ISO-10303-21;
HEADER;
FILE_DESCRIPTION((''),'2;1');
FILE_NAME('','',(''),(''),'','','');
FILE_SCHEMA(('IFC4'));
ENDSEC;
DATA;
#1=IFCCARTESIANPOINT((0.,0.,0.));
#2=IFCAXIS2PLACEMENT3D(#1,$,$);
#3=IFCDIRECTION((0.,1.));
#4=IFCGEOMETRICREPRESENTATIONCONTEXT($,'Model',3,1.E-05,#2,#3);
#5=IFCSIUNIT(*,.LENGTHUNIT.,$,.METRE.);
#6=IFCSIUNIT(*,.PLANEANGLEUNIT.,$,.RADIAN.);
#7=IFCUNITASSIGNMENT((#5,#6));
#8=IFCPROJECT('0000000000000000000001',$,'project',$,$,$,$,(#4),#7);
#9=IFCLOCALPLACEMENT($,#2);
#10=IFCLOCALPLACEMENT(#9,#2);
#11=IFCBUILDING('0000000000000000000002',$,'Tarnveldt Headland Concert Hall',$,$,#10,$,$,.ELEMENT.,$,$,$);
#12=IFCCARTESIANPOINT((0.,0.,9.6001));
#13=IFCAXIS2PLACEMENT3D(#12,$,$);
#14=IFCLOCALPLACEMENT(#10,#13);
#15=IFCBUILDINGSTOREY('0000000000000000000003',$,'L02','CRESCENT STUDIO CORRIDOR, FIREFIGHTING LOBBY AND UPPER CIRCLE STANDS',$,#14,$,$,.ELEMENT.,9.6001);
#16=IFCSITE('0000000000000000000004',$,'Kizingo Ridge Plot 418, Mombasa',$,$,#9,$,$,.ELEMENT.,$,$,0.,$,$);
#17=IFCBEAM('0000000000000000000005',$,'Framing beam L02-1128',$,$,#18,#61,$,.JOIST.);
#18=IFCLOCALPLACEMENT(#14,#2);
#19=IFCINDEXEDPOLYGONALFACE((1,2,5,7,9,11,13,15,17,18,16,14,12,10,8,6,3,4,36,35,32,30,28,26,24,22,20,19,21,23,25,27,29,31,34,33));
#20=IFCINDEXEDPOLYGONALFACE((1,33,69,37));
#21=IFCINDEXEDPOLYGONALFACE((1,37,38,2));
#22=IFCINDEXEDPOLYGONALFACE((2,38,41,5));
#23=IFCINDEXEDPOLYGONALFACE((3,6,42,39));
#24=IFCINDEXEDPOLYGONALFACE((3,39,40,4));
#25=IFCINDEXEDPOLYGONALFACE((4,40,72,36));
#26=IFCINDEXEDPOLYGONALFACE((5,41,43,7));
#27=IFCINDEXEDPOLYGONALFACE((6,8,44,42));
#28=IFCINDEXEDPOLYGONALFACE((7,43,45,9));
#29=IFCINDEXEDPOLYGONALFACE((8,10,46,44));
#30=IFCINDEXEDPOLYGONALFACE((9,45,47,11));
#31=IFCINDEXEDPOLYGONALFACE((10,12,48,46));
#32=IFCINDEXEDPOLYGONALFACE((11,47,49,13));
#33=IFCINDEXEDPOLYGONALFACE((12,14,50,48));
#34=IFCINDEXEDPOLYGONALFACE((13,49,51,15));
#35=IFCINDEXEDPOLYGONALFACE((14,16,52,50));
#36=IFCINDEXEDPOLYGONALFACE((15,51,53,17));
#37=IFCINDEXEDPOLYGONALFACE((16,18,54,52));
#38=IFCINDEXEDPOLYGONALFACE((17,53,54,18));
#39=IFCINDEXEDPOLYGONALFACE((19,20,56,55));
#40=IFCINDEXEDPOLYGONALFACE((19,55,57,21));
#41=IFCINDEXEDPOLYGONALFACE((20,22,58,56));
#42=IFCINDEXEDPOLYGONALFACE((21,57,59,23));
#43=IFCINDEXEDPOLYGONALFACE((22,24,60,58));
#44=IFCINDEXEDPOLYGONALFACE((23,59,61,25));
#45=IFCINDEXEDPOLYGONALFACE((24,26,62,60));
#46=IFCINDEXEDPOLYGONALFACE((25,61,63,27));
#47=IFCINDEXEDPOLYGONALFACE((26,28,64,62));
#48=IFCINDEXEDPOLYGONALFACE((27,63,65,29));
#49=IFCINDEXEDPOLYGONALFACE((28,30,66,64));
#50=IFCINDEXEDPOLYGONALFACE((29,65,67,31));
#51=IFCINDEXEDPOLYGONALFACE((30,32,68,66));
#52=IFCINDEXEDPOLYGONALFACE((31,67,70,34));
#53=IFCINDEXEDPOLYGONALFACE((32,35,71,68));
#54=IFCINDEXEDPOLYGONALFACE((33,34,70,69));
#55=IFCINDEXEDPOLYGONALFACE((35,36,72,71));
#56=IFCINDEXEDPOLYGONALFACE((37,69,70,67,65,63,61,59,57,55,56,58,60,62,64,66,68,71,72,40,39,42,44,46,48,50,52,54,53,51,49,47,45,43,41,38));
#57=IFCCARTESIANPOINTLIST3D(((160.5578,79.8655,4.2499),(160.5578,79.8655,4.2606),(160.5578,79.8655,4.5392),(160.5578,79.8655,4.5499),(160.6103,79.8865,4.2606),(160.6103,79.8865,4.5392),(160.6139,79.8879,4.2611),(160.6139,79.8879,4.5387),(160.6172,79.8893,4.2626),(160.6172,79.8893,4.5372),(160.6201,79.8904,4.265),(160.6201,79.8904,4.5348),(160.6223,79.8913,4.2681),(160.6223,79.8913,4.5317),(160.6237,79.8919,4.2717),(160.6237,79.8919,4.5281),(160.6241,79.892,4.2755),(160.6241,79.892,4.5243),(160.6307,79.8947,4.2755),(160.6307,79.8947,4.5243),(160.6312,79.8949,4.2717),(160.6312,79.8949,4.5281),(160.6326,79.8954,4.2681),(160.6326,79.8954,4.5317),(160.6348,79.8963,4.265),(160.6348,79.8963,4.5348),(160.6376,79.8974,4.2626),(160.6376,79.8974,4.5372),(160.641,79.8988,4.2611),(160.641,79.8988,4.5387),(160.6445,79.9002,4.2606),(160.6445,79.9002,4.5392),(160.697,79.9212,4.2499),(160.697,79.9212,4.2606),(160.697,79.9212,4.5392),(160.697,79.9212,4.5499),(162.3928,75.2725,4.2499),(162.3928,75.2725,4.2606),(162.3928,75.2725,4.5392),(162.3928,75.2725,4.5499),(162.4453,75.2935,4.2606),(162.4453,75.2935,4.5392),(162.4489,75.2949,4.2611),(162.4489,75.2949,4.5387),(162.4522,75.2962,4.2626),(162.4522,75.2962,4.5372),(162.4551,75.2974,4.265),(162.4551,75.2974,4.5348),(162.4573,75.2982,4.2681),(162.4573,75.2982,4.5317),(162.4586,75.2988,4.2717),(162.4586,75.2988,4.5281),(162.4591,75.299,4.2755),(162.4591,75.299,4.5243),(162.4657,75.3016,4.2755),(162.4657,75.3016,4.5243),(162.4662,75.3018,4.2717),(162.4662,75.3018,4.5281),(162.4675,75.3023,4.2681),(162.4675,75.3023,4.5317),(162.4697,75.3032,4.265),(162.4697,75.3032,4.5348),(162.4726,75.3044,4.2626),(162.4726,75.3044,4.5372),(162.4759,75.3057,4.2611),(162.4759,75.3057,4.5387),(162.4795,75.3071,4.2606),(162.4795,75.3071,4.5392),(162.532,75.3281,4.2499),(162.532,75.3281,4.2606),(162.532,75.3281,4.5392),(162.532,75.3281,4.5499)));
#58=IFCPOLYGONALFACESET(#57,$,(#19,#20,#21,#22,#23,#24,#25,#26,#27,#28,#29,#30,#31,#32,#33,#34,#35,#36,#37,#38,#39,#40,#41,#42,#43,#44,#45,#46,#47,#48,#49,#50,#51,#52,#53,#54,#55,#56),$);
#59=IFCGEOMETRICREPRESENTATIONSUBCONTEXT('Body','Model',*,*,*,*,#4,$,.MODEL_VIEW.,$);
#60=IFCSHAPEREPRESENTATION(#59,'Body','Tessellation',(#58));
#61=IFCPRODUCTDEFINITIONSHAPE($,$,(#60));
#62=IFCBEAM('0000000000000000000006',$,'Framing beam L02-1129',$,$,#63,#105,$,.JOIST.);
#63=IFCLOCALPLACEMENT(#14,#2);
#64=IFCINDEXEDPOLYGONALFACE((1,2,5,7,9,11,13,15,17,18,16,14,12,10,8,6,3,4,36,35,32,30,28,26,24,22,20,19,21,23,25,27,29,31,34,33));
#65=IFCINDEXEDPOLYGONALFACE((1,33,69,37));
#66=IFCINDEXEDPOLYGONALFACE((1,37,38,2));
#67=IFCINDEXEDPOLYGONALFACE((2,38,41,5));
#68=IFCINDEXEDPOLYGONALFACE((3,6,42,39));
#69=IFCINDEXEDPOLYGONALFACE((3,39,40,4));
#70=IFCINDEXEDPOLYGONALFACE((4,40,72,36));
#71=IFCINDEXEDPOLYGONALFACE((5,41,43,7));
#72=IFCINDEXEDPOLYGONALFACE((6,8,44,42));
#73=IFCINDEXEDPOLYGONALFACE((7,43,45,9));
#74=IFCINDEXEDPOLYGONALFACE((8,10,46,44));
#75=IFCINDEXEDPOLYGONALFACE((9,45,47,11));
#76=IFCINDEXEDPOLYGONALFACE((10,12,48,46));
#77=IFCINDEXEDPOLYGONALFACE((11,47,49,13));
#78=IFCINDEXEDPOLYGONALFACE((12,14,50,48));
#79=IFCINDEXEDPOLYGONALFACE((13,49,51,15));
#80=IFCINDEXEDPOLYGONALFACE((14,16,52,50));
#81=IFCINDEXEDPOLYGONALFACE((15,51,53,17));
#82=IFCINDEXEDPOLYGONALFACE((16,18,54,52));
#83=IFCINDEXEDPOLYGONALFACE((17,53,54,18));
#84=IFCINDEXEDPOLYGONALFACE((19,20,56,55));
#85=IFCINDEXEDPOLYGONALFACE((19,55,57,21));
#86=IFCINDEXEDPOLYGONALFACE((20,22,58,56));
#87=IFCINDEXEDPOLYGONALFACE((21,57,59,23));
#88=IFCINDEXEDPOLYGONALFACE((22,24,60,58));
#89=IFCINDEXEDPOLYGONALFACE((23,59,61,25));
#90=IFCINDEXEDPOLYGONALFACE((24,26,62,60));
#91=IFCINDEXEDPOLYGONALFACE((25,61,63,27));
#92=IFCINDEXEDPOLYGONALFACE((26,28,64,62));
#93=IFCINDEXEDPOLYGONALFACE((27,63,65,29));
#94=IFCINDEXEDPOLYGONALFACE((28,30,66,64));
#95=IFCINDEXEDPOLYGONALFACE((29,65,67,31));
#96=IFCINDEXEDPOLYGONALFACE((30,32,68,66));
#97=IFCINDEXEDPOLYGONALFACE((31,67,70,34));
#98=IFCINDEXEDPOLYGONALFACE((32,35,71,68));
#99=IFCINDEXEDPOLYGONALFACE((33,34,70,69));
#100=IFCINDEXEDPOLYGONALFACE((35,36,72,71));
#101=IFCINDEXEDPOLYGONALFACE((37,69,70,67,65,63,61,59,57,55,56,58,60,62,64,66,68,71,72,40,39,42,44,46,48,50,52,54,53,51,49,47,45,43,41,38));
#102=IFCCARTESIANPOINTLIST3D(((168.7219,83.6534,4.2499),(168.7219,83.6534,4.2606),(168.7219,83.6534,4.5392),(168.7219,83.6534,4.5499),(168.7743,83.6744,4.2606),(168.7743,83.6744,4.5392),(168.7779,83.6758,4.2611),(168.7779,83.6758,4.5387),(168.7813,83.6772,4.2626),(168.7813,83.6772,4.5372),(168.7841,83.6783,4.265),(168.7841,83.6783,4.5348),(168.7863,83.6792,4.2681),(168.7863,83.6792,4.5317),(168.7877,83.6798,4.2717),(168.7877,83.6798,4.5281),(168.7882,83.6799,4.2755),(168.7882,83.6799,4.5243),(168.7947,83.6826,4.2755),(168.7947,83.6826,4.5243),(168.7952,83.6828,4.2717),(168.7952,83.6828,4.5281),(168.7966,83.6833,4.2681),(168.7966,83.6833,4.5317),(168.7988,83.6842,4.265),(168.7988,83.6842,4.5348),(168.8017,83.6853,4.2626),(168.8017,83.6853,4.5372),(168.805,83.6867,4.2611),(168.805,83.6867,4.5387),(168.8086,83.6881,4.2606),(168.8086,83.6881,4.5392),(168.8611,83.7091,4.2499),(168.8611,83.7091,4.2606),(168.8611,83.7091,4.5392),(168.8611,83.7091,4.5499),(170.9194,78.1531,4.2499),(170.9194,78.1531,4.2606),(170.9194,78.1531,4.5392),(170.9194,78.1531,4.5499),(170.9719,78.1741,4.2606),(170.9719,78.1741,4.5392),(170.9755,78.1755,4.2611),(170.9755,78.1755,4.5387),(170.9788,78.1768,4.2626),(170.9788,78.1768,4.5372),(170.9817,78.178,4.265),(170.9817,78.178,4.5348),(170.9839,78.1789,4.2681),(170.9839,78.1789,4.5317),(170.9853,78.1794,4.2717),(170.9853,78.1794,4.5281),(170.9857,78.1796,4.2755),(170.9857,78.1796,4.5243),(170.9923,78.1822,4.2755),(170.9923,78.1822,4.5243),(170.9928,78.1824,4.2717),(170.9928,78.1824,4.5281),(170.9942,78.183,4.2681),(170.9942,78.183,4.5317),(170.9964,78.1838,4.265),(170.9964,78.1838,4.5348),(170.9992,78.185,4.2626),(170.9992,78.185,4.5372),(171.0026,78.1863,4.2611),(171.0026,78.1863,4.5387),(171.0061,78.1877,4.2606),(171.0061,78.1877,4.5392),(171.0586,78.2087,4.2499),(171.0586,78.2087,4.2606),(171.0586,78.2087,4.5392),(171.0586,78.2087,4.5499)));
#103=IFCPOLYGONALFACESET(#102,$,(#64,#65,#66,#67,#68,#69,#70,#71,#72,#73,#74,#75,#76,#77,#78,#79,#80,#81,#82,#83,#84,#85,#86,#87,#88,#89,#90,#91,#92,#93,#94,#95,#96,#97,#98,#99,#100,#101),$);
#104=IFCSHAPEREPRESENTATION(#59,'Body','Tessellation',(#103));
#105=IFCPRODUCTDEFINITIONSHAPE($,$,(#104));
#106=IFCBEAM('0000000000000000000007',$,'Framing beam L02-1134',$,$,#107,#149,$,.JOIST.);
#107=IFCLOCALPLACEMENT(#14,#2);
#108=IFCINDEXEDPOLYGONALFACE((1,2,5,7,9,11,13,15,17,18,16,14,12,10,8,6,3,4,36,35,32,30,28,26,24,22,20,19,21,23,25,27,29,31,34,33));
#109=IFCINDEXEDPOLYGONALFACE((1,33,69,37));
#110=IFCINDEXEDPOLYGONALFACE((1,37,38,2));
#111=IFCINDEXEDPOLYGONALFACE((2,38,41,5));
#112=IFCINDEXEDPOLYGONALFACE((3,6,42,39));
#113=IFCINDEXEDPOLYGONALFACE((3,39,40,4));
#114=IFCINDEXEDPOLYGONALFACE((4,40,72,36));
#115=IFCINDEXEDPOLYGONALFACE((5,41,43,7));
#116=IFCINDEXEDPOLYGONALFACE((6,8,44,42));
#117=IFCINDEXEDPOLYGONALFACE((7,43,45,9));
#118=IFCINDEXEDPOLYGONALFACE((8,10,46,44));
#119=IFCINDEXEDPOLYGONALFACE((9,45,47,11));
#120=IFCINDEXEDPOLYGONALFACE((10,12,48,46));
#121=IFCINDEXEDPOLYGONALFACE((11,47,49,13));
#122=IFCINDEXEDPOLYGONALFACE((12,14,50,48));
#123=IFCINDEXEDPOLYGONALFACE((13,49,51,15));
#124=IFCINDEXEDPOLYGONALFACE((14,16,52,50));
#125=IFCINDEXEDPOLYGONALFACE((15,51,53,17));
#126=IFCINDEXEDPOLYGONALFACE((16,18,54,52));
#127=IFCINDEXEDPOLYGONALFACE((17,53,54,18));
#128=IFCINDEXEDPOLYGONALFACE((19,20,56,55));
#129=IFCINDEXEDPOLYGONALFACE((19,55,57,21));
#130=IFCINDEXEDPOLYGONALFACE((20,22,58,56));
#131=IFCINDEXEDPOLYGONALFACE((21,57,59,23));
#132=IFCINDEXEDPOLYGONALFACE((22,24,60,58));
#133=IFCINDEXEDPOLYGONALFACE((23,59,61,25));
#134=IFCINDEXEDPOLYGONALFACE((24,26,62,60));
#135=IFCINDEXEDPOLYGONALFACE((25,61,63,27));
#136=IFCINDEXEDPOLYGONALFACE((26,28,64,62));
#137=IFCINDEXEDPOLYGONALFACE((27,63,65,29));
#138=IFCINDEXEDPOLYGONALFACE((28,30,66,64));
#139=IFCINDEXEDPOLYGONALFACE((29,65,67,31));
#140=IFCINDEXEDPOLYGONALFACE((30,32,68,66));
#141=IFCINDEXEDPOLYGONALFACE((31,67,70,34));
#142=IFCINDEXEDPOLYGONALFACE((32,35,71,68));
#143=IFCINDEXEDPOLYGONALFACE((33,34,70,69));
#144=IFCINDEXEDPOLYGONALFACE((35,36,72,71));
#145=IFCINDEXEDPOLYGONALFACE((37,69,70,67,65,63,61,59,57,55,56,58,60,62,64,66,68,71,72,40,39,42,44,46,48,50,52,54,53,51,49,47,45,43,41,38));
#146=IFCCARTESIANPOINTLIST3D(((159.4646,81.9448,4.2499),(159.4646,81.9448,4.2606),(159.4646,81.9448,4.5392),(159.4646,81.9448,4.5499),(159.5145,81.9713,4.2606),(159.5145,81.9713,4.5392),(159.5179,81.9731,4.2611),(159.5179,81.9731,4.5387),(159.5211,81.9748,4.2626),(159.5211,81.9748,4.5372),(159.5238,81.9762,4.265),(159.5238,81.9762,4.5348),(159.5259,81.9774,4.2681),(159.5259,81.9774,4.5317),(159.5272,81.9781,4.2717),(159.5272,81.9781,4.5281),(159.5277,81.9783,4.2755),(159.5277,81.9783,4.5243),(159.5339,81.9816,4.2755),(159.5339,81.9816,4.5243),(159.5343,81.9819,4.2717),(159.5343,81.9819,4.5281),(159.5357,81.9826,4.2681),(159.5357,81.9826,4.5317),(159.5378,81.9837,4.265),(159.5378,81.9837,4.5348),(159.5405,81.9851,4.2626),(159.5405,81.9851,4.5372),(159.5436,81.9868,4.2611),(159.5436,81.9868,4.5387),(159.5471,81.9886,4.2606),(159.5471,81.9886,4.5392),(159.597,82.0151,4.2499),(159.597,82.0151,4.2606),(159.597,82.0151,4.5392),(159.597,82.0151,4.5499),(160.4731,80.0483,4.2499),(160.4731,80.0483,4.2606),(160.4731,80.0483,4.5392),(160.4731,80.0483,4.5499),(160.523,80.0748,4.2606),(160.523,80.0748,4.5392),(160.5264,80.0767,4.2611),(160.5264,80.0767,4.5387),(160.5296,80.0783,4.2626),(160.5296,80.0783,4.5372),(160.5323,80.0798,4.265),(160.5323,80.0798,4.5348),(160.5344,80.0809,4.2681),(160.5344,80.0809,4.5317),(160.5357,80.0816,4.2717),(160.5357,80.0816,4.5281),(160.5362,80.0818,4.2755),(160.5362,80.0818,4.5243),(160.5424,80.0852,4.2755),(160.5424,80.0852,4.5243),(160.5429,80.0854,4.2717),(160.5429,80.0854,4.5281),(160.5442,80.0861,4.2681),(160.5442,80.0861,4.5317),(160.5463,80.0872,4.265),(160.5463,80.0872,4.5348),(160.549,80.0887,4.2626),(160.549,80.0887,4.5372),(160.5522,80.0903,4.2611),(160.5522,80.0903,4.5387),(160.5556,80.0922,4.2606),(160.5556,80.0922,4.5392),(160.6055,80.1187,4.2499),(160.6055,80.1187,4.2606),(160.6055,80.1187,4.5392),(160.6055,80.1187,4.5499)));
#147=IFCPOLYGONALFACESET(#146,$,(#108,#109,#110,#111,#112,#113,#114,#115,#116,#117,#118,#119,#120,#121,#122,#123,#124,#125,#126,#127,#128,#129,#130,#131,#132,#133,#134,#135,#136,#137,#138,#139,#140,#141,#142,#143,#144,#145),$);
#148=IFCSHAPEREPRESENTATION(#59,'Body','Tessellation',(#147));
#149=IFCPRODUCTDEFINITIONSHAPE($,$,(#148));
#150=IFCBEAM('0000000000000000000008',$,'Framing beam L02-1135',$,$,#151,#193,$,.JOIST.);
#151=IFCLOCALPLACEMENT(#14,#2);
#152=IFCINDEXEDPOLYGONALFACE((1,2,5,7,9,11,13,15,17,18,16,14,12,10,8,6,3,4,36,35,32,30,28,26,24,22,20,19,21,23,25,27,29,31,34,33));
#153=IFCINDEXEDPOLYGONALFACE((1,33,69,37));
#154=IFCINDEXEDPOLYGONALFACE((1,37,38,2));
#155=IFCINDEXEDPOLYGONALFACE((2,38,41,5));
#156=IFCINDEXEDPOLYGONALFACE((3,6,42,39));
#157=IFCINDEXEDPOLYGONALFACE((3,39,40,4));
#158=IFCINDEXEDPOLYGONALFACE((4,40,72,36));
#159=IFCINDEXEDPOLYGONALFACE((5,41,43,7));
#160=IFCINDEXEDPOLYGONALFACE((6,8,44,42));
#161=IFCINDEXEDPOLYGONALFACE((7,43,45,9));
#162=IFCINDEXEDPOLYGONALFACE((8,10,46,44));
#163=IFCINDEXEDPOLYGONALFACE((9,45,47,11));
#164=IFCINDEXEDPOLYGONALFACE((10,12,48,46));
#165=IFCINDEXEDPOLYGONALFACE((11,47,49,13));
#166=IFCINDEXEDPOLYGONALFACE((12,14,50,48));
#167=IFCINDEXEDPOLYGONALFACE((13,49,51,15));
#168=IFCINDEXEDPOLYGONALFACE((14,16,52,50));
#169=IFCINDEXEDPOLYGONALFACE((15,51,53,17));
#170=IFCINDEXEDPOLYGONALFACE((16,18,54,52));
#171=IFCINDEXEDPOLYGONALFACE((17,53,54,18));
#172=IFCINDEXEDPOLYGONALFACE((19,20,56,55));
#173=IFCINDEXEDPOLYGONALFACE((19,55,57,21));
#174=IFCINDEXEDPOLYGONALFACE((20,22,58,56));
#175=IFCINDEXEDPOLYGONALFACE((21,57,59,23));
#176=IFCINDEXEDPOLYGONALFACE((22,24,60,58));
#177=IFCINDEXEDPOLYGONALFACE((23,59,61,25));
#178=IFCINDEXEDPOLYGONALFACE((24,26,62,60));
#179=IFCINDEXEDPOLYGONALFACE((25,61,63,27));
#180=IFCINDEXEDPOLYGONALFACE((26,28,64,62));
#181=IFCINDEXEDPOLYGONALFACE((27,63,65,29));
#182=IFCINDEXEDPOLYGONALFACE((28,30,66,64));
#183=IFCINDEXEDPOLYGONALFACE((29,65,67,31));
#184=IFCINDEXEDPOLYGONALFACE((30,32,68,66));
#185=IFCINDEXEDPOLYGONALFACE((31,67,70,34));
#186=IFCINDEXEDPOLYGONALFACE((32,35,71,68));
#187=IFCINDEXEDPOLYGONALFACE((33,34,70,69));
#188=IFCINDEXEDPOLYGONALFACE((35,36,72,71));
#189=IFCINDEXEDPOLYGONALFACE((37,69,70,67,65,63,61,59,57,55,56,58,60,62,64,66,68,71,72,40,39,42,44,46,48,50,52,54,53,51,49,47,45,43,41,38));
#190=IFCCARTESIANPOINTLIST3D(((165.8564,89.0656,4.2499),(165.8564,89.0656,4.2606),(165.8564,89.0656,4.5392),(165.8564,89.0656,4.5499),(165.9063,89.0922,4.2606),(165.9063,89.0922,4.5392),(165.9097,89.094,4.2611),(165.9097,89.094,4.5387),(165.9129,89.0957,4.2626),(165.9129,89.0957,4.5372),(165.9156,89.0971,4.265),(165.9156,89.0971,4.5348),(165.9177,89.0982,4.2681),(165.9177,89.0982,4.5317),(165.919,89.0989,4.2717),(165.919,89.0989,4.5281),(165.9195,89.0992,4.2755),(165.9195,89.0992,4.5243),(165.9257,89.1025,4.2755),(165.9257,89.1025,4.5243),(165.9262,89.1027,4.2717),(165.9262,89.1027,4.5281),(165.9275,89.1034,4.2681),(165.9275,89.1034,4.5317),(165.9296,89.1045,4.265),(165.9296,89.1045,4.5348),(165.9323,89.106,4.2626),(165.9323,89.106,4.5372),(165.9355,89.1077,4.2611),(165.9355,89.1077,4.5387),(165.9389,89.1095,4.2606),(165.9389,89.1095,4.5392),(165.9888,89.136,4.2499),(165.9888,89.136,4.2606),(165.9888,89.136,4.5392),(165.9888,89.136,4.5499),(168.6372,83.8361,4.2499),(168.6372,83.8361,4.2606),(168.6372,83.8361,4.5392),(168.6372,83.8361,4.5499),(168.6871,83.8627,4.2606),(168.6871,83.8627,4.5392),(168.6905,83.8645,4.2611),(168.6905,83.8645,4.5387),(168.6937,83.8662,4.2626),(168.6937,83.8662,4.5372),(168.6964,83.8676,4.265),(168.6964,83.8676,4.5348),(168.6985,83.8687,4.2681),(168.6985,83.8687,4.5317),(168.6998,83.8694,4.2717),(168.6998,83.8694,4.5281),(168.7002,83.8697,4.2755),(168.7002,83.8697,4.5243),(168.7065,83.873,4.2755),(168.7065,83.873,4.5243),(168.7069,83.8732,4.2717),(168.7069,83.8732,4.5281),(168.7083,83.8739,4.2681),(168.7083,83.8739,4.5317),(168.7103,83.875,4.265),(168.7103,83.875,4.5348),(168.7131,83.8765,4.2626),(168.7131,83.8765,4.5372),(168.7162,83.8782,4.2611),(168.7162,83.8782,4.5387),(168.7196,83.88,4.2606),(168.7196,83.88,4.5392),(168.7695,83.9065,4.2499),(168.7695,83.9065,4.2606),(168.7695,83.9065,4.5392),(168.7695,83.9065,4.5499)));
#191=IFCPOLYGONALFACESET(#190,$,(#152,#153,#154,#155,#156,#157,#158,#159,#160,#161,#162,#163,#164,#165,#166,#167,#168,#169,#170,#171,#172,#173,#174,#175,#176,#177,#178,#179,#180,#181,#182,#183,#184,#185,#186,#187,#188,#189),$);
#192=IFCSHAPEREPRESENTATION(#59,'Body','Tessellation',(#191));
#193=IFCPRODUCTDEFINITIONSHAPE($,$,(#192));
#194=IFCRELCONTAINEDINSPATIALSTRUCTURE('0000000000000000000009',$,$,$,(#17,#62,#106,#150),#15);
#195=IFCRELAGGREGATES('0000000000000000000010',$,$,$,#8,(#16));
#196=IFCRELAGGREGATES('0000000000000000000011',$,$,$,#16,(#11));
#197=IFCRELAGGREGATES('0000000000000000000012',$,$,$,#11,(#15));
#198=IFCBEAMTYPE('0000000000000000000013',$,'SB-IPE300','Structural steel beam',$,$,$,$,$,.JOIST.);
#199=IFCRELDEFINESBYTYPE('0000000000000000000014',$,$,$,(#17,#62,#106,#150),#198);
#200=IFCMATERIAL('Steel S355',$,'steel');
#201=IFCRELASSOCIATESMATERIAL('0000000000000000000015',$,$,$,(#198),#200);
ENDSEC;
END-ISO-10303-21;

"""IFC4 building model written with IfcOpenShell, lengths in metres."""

from ifc_helpers import new_model, si_unit, direction, frame, origin, origin_2d, place, context, subcontext, project, spatial, i_section, extrude, material, material_profile, profile_set, type_object, element, save


model = new_model("IFC4")

# Units and contexts
model_context = context("Model", 3, precision=1e-05, world=origin(), true_north=direction((0.0, 1.0)))
body_context = subcontext(model_context, "Body", "Model", "MODEL_VIEW")
ifc_project = project(units=[si_unit("LENGTHUNIT", "METRE"), si_unit("PLANEANGLEUNIT", "RADIAN")], contexts=[model_context])

# Site, building, storey
site_placement = place(None, origin())
site = spatial("IfcSite", under=ifc_project, at=site_placement, Name="Kizingo Ridge Plot 418, Mombasa", CompositionType="ELEMENT", RefElevation=0.0)
building_placement = place(site_placement, origin())
building = spatial("IfcBuilding", under=site, at=building_placement, Name="Tarnveldt Headland Concert Hall", CompositionType="ELEMENT")
storey_placement = place(building_placement, frame((0.0, 0.0, 9.6001)))
storey = spatial("IfcBuildingStorey", under=building, at=storey_placement, Name="L02", Description="CRESCENT STUDIO CORRIDOR, FIREFIGHTING LOBBY AND UPPER CIRCLE STANDS", CompositionType="ELEMENT", Elevation=9.6001)

# Shared definitions
ifc_material_1 = material(Name="Steel S355", Category="steel")

# Beams
ifc_material_profile_1 = material_profile(ifc_material_1, i_section(OverallWidth=0.1499, OverallDepth=0.3, WebThickness=0.0071, FlangeThickness=0.0107, FilletRadius=0.0149, at=origin_2d()), Name="IPE300", Category="steel")
ifc_profile_set_1 = profile_set([ifc_material_profile_1], Name="Steel S355")
beam_type_1 = type_object("IfcBeamType", Name="SB-IPE300", Description="Structural steel beam", PredefinedType="JOIST", material=ifc_profile_set_1)
beam_1_placement = place(storey_placement, frame((162.4624, 75.3003, 4.3999), z_axis=(-0.370999, 0.928633, 0.0), x_axis=(-0.928633, -0.370999, 0.0)))
element("IfcBeam", 1, at=beam_1_placement, inside=storey, type_object=beam_type_1, Name="Framing beam L02-1128", PredefinedType="JOIST", context=body_context, shape_type="SweptSolid", body=[
    extrude(i_section(OverallWidth=0.1499, OverallDepth=0.3, WebThickness=0.0071, FlangeThickness=0.0107, FilletRadius=0.0149, at=origin_2d()), origin(), (0.0, 0.0, 1.0), 4.946),
])
beam_2_placement = place(storey_placement, frame((170.989, 78.1809, 4.3999), z_axis=(-0.371014, 0.928627, 0.0), x_axis=(-0.928627, -0.371014, 0.0)))
element("IfcBeam", 2, at=beam_2_placement, inside=storey, type_object=beam_type_1, Name="Framing beam L02-1129", PredefinedType="JOIST", context=body_context, shape_type="SweptSolid", body=[
    extrude(i_section(OverallWidth=0.1499, OverallDepth=0.3, WebThickness=0.0071, FlangeThickness=0.0107, FilletRadius=0.0149, at=origin_2d()), origin(), (0.0, 0.0, 1.0), 5.9231),
])
beam_3_placement = place(storey_placement, frame((160.5393, 80.0835, 4.3999), z_axis=(-0.469532, 0.882915, 0.0), x_axis=(-0.882915, -0.469532, 0.0)))
element("IfcBeam", 3, at=beam_3_placement, inside=storey, type_object=beam_type_1, Name="Framing beam L02-1134", PredefinedType="JOIST", context=body_context, shape_type="SweptSolid", body=[
    extrude(i_section(OverallWidth=0.1499, OverallDepth=0.3, WebThickness=0.0071, FlangeThickness=0.0107, FilletRadius=0.0149, at=origin_2d()), origin(), (0.0, 0.0, 1.0), 2.1479),
])
beam_4_placement = place(storey_placement, frame((168.7034, 83.8713, 4.3999), z_axis=(-0.469497, 0.882934, 0.0), x_axis=(-0.882934, -0.469497, 0.0)))
element("IfcBeam", 4, at=beam_4_placement, inside=storey, type_object=beam_type_1, Name="Framing beam L02-1135", PredefinedType="JOIST", context=body_context, shape_type="SweptSolid", body=[
    extrude(i_section(OverallWidth=0.1499, OverallDepth=0.3, WebThickness=0.0071, FlangeThickness=0.0107, FilletRadius=0.0149, at=origin_2d()), origin(), (0.0, 0.0, 1.0), 5.9229),
])

save(model, "model.ifc")
